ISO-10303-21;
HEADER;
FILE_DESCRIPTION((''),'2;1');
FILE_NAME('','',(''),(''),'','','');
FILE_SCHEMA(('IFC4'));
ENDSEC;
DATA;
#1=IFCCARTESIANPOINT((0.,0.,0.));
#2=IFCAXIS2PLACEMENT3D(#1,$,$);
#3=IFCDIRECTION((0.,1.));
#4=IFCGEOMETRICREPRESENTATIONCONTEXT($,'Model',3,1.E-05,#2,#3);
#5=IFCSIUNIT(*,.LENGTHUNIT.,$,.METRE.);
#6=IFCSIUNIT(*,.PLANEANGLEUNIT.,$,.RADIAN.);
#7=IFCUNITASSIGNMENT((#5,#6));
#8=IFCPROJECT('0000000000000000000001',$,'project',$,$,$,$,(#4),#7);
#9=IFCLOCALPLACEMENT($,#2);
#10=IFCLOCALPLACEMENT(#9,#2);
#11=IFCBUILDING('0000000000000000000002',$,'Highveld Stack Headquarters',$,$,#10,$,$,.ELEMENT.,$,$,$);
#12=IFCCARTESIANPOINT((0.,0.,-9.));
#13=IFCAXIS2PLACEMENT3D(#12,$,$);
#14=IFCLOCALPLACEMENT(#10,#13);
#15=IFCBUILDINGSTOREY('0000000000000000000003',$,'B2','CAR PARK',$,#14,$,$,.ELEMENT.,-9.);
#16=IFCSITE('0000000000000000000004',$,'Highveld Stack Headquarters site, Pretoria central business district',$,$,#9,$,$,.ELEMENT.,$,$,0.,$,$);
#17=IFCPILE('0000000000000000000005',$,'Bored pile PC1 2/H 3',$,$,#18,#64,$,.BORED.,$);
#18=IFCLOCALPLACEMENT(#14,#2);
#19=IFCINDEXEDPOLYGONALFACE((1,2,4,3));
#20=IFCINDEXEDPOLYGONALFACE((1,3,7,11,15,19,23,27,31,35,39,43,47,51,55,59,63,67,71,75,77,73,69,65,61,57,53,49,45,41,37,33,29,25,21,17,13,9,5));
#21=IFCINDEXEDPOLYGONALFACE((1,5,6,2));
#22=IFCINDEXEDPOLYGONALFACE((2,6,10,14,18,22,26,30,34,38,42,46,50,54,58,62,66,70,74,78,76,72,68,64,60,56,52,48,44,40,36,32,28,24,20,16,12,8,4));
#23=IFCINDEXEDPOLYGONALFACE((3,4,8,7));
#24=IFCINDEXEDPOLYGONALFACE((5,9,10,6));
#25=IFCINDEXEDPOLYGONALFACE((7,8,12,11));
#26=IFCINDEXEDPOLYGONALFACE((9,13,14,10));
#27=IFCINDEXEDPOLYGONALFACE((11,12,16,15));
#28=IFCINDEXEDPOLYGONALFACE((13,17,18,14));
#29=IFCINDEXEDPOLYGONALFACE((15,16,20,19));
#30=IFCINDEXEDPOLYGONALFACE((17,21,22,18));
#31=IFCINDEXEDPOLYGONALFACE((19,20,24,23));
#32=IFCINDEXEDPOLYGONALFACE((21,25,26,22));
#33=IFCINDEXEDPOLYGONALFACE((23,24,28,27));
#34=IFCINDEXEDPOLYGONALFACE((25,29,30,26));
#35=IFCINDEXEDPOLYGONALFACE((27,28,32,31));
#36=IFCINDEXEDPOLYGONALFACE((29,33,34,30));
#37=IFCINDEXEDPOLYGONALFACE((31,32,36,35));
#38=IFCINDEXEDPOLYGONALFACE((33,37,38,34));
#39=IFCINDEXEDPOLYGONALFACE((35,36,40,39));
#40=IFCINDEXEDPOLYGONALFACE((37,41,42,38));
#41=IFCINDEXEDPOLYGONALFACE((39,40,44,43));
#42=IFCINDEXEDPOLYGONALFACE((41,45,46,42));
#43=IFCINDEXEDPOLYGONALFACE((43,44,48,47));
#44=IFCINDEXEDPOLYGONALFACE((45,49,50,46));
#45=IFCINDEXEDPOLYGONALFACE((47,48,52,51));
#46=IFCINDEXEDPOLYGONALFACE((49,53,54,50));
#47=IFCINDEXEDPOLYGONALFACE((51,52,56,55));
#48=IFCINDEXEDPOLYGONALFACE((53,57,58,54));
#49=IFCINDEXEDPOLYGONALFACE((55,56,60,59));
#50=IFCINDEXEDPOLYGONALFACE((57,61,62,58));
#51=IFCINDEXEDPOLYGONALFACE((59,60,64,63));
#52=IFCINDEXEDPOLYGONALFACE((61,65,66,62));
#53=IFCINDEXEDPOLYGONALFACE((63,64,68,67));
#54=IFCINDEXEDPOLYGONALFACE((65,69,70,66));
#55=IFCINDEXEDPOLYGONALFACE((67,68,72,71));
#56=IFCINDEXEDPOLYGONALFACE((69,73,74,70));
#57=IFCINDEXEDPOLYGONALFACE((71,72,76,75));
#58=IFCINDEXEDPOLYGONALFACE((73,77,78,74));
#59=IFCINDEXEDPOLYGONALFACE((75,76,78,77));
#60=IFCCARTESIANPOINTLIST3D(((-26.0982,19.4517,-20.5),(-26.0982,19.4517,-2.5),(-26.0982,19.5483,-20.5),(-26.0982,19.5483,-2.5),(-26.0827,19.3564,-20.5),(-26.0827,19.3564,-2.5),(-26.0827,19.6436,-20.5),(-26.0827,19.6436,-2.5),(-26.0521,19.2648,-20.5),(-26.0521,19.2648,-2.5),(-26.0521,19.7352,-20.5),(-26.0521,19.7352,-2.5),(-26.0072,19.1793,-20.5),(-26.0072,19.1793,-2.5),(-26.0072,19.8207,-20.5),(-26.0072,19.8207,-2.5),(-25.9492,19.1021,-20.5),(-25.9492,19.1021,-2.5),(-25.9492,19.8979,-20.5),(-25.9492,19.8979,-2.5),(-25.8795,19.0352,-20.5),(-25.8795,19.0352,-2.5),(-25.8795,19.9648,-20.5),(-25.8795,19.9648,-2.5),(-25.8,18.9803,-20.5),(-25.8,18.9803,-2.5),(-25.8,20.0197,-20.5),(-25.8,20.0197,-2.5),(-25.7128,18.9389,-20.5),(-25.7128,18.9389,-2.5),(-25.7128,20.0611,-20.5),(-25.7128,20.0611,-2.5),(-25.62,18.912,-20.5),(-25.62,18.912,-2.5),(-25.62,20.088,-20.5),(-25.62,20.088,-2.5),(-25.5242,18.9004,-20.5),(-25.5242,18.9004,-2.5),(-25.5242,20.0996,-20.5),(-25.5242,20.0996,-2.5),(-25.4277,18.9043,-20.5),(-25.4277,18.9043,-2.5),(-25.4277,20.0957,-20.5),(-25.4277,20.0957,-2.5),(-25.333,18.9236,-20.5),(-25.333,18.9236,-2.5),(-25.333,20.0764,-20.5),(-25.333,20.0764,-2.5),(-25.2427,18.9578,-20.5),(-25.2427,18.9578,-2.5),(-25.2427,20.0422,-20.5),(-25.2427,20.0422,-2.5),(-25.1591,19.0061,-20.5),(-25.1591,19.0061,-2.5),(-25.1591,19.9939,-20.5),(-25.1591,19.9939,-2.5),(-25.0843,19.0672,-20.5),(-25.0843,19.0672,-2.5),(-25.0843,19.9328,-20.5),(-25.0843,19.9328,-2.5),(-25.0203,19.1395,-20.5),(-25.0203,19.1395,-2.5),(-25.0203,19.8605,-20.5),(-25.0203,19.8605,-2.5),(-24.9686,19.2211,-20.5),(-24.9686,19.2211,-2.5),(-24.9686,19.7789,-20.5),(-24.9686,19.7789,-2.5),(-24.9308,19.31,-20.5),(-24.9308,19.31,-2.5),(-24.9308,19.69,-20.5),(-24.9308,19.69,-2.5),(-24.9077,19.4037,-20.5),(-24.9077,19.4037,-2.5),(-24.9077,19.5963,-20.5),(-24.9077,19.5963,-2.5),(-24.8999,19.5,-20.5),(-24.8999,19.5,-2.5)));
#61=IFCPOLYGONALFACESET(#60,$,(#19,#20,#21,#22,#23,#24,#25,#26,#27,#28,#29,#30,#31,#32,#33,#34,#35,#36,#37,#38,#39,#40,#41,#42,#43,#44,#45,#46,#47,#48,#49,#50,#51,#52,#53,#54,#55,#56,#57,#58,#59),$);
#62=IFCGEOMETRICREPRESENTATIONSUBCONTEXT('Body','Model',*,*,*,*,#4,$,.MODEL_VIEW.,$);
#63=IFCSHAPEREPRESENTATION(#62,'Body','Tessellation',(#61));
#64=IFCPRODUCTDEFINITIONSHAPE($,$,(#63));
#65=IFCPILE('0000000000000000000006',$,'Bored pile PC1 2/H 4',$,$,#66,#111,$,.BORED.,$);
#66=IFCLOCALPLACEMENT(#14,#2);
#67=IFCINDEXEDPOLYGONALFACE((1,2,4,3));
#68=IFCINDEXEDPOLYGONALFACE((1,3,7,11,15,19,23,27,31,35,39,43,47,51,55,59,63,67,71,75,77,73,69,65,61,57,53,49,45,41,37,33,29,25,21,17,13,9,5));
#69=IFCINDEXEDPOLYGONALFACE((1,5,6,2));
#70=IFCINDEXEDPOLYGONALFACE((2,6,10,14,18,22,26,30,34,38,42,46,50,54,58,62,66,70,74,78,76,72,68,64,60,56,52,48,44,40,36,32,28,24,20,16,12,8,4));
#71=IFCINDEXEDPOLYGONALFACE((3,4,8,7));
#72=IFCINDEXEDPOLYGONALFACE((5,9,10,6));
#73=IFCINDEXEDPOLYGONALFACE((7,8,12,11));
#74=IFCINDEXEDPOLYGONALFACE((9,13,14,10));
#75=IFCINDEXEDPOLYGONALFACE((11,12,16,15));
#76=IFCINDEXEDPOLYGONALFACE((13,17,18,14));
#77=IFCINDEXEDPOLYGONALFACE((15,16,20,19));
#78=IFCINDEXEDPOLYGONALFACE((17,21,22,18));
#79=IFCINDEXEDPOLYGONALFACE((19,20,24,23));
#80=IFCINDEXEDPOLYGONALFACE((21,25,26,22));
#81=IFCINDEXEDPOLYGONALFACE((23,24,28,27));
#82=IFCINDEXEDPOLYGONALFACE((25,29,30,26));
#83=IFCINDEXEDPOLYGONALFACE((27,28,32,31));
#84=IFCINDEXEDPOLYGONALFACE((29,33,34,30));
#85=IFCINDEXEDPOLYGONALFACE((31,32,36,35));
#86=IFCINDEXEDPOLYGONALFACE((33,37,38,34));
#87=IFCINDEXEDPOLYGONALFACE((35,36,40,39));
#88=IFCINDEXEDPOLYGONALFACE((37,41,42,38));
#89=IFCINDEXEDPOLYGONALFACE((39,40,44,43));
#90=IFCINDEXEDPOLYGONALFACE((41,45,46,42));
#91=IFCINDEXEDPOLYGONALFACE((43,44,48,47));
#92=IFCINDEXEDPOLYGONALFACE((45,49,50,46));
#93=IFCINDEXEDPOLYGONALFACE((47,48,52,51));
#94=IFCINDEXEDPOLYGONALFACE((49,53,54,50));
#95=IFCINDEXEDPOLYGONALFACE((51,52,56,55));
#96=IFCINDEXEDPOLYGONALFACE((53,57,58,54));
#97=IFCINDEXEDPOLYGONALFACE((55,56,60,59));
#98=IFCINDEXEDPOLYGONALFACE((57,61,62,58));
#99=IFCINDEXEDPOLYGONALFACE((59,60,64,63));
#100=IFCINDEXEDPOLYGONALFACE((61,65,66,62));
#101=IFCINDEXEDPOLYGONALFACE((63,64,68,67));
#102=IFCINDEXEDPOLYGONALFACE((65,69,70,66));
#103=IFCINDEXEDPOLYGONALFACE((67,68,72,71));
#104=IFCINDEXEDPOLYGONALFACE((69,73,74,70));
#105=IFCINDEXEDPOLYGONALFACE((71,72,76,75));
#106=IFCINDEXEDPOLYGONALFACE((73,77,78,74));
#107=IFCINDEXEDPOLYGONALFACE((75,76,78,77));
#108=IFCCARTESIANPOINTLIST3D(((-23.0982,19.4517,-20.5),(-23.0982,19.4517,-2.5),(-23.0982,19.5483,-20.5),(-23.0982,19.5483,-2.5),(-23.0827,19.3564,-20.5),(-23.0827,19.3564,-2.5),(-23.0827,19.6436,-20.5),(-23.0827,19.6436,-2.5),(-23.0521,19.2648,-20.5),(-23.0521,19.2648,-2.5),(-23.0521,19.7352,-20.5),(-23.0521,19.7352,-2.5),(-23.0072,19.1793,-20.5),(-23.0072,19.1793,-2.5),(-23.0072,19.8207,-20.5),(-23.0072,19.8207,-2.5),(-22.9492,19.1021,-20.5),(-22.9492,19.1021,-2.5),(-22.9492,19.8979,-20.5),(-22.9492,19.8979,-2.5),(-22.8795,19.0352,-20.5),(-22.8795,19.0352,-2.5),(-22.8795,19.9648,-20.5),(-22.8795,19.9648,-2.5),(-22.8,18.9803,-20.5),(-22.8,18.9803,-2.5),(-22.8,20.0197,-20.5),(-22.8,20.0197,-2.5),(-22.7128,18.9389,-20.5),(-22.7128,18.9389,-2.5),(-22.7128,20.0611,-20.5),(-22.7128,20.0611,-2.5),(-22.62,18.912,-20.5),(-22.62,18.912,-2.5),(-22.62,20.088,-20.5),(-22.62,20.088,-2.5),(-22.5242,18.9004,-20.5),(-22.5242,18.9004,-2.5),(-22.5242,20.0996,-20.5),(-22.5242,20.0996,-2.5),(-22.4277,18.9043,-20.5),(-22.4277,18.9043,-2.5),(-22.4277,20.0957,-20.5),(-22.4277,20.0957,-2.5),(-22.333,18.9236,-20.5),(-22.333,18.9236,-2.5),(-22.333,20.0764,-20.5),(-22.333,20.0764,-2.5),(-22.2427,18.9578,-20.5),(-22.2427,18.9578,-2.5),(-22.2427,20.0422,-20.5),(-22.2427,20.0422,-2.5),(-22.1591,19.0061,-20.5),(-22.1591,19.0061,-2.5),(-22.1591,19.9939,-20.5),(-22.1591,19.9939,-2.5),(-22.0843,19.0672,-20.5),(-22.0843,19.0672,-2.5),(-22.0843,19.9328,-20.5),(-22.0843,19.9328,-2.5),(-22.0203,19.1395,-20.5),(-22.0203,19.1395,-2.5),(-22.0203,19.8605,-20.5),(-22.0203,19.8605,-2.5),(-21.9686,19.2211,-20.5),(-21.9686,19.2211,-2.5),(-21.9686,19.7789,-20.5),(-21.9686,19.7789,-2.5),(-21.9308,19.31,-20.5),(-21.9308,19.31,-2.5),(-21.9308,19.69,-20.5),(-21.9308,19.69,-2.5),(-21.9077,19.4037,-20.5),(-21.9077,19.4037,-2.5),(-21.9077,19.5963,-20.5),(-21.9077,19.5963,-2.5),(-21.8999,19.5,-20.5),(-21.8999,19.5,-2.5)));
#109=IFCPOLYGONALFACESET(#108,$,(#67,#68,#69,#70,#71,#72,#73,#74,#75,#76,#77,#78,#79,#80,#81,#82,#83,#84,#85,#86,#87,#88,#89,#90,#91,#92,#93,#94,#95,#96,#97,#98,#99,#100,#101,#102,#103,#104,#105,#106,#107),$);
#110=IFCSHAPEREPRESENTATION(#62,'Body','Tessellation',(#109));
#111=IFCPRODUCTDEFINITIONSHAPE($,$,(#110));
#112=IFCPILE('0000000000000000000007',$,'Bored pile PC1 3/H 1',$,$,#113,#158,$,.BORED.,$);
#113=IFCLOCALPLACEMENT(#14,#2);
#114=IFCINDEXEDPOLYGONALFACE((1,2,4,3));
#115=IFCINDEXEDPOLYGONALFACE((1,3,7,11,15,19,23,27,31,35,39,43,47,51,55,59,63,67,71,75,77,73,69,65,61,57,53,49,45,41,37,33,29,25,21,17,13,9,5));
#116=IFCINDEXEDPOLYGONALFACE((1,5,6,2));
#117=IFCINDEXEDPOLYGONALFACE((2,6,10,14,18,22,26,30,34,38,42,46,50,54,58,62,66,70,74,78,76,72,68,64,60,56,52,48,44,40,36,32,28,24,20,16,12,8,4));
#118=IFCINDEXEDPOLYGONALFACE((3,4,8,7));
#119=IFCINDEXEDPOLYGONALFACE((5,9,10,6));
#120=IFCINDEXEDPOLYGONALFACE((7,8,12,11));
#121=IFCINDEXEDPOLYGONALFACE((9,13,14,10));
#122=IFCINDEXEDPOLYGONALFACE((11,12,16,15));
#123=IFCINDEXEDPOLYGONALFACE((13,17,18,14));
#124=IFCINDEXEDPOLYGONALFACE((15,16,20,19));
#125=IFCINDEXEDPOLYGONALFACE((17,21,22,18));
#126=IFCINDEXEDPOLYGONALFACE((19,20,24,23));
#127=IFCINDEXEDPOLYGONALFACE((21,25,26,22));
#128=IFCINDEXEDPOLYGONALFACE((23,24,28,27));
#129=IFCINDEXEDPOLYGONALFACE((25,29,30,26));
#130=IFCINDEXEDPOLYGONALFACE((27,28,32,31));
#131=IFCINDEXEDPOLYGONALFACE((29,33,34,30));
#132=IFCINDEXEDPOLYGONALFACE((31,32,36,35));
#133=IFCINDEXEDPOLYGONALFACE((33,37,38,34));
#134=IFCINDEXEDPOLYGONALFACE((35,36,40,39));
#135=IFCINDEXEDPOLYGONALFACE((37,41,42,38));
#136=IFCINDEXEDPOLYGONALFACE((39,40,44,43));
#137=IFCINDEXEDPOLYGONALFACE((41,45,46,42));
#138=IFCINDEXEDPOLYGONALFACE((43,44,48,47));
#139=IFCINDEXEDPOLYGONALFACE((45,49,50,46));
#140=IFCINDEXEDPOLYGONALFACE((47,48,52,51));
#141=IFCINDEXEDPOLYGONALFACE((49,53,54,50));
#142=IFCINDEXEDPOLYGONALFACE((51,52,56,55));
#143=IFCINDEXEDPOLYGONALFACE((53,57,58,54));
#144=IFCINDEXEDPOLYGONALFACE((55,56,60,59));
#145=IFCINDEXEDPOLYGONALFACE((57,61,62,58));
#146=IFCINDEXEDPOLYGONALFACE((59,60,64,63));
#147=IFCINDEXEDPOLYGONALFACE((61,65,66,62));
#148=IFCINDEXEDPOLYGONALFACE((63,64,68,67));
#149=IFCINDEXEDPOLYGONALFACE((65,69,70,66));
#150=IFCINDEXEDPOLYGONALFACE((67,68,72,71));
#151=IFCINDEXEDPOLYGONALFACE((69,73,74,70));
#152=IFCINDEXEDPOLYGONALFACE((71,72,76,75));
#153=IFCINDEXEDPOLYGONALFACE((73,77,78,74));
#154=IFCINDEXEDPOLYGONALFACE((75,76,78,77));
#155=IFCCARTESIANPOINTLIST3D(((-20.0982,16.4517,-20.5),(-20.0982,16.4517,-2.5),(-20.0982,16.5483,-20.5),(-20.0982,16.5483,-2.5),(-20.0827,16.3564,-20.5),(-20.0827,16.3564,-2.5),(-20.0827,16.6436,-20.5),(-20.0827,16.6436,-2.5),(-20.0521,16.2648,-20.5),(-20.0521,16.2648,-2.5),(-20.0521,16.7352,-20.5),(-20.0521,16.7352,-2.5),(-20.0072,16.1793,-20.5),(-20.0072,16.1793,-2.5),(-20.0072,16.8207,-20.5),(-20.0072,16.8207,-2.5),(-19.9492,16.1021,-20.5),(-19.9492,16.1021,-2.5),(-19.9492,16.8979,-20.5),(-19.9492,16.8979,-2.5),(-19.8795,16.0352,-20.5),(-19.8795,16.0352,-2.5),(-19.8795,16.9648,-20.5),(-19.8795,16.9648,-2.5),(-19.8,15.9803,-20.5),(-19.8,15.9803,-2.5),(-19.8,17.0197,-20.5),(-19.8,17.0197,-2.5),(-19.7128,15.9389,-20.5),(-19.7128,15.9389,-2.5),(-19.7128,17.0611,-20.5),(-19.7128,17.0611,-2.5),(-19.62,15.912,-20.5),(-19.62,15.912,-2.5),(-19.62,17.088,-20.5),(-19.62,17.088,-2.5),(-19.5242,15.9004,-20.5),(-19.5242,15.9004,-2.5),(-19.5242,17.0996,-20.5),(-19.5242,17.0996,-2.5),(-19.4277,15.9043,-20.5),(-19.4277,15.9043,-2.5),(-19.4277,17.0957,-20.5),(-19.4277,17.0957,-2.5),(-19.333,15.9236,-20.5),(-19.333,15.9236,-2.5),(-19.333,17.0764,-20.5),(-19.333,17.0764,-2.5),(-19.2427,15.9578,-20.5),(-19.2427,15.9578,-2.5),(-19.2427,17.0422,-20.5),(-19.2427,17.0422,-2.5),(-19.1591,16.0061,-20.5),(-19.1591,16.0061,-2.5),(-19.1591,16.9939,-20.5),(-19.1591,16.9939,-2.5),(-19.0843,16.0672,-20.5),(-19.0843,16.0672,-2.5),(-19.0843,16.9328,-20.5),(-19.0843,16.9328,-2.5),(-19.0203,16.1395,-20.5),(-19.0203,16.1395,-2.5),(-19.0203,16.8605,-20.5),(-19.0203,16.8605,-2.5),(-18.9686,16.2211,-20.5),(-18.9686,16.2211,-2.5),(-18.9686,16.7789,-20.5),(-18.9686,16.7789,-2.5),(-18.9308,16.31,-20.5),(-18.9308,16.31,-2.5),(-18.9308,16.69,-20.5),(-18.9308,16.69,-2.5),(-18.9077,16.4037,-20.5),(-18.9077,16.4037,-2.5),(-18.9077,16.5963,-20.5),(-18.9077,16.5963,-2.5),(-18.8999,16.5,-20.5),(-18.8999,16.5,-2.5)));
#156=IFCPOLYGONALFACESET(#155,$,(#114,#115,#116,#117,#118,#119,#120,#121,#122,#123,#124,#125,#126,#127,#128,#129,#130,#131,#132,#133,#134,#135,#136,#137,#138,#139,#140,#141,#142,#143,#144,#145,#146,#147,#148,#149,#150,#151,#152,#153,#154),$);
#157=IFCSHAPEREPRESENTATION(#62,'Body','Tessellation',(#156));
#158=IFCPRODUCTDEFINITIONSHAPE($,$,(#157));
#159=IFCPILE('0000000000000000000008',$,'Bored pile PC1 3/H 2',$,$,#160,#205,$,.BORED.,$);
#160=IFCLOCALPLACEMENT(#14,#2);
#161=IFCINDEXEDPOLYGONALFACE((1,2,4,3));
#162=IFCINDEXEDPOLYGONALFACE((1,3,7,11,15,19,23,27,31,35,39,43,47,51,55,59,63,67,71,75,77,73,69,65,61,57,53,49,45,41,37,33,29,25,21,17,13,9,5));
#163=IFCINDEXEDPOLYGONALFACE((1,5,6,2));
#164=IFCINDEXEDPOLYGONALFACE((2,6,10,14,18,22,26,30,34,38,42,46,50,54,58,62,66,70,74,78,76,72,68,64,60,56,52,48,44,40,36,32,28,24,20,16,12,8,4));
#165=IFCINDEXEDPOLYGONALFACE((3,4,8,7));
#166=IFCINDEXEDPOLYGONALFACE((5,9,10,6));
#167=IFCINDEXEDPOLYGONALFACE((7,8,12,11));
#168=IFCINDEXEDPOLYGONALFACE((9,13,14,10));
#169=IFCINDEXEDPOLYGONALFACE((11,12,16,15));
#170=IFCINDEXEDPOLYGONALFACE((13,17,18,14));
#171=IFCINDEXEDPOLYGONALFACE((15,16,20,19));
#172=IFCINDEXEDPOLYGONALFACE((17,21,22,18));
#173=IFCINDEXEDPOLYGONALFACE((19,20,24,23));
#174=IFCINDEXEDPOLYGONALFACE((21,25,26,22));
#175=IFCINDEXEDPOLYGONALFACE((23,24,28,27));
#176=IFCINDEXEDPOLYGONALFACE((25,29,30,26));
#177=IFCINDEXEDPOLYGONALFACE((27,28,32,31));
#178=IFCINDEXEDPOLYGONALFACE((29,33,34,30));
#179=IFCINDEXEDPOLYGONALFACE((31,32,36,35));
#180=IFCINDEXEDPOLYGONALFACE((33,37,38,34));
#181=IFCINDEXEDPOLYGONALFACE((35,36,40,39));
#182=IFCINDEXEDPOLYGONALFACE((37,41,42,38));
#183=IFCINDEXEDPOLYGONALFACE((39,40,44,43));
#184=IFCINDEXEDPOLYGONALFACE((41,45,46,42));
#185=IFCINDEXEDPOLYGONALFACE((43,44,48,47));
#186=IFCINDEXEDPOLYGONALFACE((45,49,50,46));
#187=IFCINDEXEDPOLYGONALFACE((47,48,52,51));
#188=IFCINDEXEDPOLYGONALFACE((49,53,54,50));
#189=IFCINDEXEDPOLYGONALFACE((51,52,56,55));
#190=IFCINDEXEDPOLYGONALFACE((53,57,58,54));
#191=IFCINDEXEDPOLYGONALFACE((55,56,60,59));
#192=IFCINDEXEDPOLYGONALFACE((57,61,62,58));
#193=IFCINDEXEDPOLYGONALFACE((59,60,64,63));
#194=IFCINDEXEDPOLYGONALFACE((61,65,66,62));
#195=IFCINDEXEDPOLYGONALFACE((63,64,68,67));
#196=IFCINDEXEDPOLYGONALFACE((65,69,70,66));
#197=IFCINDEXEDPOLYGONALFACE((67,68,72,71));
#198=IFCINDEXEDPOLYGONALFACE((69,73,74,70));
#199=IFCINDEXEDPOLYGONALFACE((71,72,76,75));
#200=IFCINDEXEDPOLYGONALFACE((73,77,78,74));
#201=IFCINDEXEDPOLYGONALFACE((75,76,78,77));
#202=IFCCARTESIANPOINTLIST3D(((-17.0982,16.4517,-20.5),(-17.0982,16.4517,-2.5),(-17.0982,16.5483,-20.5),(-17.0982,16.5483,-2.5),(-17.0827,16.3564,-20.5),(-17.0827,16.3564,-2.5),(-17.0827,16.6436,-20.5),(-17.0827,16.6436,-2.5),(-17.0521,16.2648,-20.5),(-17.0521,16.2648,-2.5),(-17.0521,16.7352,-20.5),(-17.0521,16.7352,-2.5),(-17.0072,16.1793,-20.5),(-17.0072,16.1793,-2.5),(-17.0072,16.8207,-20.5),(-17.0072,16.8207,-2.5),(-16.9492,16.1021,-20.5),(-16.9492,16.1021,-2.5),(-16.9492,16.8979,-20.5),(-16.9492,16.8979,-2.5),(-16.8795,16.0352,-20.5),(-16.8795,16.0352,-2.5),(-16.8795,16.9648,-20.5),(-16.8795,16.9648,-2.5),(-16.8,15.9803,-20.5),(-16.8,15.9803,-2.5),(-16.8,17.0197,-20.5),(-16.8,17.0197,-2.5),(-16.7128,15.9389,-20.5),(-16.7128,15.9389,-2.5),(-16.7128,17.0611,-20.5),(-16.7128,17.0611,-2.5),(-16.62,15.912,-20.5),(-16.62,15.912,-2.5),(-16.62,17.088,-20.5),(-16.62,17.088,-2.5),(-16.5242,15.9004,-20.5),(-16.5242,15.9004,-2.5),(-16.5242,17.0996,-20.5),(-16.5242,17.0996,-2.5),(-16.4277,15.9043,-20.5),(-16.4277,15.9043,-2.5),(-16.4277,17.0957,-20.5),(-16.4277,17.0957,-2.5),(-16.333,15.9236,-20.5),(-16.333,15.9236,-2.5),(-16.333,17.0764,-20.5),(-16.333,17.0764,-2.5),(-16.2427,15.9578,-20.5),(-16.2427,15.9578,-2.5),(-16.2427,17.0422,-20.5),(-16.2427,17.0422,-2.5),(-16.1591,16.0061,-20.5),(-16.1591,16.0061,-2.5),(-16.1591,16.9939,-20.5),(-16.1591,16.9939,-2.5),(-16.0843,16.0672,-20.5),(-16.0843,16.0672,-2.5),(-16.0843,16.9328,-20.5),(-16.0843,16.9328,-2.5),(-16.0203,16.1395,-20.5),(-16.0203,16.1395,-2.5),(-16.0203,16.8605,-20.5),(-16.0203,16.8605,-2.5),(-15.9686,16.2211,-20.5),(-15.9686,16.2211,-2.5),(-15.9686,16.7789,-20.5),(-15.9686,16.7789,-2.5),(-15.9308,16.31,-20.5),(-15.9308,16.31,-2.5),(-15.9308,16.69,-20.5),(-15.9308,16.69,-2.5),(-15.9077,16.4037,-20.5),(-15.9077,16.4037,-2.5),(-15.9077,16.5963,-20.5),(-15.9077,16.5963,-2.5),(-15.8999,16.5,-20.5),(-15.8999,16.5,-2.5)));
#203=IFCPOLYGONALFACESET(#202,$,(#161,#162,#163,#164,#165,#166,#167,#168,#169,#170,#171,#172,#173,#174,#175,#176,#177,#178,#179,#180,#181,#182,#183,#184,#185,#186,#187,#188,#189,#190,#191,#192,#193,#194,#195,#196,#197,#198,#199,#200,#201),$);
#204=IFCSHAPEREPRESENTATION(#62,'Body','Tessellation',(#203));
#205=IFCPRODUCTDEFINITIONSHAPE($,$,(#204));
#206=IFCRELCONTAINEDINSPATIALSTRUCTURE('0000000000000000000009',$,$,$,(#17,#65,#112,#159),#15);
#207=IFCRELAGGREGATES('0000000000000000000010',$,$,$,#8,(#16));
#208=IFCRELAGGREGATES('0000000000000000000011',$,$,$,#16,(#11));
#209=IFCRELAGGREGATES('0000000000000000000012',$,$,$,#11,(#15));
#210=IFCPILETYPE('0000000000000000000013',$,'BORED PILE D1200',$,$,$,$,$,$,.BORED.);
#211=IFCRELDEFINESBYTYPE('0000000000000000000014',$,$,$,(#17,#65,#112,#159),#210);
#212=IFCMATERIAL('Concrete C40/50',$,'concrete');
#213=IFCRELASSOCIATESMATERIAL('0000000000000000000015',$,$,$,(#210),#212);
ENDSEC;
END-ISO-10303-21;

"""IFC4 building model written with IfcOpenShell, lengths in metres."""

from ifc_helpers import new_model, si_unit, direction, frame, origin, origin_2d, place, context, subcontext, project, spatial, circle, extrude, material, type_object, element, save


model = new_model("IFC4")

# Units and contexts
model_context = context("Model", 3, precision=1e-05, world=origin(), true_north=direction((0.0, 1.0)))
body_context = subcontext(model_context, "Body", "Model", "MODEL_VIEW")
ifc_project = project(units=[si_unit("LENGTHUNIT", "METRE"), si_unit("PLANEANGLEUNIT", "RADIAN")], contexts=[model_context])

# Site, building, storey
site_placement = place(None, origin())
site = spatial("IfcSite", under=ifc_project, at=site_placement, Name="Highveld Stack Headquarters site, Pretoria central business district", CompositionType="ELEMENT", RefElevation=0.0)
building_placement = place(site_placement, origin())
building = spatial("IfcBuilding", under=site, at=building_placement, Name="Highveld Stack Headquarters", CompositionType="ELEMENT")
storey_placement = place(building_placement, frame((0.0, 0.0, -9.0)))
storey = spatial("IfcBuildingStorey", under=building, at=storey_placement, Name="B2", Description="CAR PARK", CompositionType="ELEMENT", Elevation=-9.0)

# Piles
ifc_material_1 = material(Name="Concrete C40/50", Category="concrete")
pile_type_1 = type_object("IfcPileType", Name="BORED PILE D1200", PredefinedType="BORED", material=ifc_material_1)
for number, where, z_axis, x_axis, name in (
    (1, (-25.5, 19.5, -2.5), (0.0, 0.0, -1.0), (1.0, 0.0, 0.0), "Bored pile PC1 2/H 3"),
    (2, (-22.5, 19.5, -2.5), (0.0, 0.0, -1.0), (1.0, 0.0, 0.0), "Bored pile PC1 2/H 4"),
    (3, (-19.5, 16.5, -2.5), (0.0, 0.0, -1.0), (1.0, 0.0, 0.0), "Bored pile PC1 3/H 1"),
    (4, (-16.5, 16.5, -2.5), (0.0, 0.0, -1.0), (1.0, 0.0, 0.0), "Bored pile PC1 3/H 2"),
):
    element("IfcPile", number, at=place(storey_placement, frame(where, z_axis=z_axis, x_axis=x_axis)), inside=storey, type_object=pile_type_1, Name=name, PredefinedType="BORED", context=body_context, shape_type="SweptSolid", body=[
        extrude(circle(Radius=0.6001, at=origin_2d()), origin(), (0.0, 0.0, 1.0), 18.0),
    ])

save(model, "model.ifc")
